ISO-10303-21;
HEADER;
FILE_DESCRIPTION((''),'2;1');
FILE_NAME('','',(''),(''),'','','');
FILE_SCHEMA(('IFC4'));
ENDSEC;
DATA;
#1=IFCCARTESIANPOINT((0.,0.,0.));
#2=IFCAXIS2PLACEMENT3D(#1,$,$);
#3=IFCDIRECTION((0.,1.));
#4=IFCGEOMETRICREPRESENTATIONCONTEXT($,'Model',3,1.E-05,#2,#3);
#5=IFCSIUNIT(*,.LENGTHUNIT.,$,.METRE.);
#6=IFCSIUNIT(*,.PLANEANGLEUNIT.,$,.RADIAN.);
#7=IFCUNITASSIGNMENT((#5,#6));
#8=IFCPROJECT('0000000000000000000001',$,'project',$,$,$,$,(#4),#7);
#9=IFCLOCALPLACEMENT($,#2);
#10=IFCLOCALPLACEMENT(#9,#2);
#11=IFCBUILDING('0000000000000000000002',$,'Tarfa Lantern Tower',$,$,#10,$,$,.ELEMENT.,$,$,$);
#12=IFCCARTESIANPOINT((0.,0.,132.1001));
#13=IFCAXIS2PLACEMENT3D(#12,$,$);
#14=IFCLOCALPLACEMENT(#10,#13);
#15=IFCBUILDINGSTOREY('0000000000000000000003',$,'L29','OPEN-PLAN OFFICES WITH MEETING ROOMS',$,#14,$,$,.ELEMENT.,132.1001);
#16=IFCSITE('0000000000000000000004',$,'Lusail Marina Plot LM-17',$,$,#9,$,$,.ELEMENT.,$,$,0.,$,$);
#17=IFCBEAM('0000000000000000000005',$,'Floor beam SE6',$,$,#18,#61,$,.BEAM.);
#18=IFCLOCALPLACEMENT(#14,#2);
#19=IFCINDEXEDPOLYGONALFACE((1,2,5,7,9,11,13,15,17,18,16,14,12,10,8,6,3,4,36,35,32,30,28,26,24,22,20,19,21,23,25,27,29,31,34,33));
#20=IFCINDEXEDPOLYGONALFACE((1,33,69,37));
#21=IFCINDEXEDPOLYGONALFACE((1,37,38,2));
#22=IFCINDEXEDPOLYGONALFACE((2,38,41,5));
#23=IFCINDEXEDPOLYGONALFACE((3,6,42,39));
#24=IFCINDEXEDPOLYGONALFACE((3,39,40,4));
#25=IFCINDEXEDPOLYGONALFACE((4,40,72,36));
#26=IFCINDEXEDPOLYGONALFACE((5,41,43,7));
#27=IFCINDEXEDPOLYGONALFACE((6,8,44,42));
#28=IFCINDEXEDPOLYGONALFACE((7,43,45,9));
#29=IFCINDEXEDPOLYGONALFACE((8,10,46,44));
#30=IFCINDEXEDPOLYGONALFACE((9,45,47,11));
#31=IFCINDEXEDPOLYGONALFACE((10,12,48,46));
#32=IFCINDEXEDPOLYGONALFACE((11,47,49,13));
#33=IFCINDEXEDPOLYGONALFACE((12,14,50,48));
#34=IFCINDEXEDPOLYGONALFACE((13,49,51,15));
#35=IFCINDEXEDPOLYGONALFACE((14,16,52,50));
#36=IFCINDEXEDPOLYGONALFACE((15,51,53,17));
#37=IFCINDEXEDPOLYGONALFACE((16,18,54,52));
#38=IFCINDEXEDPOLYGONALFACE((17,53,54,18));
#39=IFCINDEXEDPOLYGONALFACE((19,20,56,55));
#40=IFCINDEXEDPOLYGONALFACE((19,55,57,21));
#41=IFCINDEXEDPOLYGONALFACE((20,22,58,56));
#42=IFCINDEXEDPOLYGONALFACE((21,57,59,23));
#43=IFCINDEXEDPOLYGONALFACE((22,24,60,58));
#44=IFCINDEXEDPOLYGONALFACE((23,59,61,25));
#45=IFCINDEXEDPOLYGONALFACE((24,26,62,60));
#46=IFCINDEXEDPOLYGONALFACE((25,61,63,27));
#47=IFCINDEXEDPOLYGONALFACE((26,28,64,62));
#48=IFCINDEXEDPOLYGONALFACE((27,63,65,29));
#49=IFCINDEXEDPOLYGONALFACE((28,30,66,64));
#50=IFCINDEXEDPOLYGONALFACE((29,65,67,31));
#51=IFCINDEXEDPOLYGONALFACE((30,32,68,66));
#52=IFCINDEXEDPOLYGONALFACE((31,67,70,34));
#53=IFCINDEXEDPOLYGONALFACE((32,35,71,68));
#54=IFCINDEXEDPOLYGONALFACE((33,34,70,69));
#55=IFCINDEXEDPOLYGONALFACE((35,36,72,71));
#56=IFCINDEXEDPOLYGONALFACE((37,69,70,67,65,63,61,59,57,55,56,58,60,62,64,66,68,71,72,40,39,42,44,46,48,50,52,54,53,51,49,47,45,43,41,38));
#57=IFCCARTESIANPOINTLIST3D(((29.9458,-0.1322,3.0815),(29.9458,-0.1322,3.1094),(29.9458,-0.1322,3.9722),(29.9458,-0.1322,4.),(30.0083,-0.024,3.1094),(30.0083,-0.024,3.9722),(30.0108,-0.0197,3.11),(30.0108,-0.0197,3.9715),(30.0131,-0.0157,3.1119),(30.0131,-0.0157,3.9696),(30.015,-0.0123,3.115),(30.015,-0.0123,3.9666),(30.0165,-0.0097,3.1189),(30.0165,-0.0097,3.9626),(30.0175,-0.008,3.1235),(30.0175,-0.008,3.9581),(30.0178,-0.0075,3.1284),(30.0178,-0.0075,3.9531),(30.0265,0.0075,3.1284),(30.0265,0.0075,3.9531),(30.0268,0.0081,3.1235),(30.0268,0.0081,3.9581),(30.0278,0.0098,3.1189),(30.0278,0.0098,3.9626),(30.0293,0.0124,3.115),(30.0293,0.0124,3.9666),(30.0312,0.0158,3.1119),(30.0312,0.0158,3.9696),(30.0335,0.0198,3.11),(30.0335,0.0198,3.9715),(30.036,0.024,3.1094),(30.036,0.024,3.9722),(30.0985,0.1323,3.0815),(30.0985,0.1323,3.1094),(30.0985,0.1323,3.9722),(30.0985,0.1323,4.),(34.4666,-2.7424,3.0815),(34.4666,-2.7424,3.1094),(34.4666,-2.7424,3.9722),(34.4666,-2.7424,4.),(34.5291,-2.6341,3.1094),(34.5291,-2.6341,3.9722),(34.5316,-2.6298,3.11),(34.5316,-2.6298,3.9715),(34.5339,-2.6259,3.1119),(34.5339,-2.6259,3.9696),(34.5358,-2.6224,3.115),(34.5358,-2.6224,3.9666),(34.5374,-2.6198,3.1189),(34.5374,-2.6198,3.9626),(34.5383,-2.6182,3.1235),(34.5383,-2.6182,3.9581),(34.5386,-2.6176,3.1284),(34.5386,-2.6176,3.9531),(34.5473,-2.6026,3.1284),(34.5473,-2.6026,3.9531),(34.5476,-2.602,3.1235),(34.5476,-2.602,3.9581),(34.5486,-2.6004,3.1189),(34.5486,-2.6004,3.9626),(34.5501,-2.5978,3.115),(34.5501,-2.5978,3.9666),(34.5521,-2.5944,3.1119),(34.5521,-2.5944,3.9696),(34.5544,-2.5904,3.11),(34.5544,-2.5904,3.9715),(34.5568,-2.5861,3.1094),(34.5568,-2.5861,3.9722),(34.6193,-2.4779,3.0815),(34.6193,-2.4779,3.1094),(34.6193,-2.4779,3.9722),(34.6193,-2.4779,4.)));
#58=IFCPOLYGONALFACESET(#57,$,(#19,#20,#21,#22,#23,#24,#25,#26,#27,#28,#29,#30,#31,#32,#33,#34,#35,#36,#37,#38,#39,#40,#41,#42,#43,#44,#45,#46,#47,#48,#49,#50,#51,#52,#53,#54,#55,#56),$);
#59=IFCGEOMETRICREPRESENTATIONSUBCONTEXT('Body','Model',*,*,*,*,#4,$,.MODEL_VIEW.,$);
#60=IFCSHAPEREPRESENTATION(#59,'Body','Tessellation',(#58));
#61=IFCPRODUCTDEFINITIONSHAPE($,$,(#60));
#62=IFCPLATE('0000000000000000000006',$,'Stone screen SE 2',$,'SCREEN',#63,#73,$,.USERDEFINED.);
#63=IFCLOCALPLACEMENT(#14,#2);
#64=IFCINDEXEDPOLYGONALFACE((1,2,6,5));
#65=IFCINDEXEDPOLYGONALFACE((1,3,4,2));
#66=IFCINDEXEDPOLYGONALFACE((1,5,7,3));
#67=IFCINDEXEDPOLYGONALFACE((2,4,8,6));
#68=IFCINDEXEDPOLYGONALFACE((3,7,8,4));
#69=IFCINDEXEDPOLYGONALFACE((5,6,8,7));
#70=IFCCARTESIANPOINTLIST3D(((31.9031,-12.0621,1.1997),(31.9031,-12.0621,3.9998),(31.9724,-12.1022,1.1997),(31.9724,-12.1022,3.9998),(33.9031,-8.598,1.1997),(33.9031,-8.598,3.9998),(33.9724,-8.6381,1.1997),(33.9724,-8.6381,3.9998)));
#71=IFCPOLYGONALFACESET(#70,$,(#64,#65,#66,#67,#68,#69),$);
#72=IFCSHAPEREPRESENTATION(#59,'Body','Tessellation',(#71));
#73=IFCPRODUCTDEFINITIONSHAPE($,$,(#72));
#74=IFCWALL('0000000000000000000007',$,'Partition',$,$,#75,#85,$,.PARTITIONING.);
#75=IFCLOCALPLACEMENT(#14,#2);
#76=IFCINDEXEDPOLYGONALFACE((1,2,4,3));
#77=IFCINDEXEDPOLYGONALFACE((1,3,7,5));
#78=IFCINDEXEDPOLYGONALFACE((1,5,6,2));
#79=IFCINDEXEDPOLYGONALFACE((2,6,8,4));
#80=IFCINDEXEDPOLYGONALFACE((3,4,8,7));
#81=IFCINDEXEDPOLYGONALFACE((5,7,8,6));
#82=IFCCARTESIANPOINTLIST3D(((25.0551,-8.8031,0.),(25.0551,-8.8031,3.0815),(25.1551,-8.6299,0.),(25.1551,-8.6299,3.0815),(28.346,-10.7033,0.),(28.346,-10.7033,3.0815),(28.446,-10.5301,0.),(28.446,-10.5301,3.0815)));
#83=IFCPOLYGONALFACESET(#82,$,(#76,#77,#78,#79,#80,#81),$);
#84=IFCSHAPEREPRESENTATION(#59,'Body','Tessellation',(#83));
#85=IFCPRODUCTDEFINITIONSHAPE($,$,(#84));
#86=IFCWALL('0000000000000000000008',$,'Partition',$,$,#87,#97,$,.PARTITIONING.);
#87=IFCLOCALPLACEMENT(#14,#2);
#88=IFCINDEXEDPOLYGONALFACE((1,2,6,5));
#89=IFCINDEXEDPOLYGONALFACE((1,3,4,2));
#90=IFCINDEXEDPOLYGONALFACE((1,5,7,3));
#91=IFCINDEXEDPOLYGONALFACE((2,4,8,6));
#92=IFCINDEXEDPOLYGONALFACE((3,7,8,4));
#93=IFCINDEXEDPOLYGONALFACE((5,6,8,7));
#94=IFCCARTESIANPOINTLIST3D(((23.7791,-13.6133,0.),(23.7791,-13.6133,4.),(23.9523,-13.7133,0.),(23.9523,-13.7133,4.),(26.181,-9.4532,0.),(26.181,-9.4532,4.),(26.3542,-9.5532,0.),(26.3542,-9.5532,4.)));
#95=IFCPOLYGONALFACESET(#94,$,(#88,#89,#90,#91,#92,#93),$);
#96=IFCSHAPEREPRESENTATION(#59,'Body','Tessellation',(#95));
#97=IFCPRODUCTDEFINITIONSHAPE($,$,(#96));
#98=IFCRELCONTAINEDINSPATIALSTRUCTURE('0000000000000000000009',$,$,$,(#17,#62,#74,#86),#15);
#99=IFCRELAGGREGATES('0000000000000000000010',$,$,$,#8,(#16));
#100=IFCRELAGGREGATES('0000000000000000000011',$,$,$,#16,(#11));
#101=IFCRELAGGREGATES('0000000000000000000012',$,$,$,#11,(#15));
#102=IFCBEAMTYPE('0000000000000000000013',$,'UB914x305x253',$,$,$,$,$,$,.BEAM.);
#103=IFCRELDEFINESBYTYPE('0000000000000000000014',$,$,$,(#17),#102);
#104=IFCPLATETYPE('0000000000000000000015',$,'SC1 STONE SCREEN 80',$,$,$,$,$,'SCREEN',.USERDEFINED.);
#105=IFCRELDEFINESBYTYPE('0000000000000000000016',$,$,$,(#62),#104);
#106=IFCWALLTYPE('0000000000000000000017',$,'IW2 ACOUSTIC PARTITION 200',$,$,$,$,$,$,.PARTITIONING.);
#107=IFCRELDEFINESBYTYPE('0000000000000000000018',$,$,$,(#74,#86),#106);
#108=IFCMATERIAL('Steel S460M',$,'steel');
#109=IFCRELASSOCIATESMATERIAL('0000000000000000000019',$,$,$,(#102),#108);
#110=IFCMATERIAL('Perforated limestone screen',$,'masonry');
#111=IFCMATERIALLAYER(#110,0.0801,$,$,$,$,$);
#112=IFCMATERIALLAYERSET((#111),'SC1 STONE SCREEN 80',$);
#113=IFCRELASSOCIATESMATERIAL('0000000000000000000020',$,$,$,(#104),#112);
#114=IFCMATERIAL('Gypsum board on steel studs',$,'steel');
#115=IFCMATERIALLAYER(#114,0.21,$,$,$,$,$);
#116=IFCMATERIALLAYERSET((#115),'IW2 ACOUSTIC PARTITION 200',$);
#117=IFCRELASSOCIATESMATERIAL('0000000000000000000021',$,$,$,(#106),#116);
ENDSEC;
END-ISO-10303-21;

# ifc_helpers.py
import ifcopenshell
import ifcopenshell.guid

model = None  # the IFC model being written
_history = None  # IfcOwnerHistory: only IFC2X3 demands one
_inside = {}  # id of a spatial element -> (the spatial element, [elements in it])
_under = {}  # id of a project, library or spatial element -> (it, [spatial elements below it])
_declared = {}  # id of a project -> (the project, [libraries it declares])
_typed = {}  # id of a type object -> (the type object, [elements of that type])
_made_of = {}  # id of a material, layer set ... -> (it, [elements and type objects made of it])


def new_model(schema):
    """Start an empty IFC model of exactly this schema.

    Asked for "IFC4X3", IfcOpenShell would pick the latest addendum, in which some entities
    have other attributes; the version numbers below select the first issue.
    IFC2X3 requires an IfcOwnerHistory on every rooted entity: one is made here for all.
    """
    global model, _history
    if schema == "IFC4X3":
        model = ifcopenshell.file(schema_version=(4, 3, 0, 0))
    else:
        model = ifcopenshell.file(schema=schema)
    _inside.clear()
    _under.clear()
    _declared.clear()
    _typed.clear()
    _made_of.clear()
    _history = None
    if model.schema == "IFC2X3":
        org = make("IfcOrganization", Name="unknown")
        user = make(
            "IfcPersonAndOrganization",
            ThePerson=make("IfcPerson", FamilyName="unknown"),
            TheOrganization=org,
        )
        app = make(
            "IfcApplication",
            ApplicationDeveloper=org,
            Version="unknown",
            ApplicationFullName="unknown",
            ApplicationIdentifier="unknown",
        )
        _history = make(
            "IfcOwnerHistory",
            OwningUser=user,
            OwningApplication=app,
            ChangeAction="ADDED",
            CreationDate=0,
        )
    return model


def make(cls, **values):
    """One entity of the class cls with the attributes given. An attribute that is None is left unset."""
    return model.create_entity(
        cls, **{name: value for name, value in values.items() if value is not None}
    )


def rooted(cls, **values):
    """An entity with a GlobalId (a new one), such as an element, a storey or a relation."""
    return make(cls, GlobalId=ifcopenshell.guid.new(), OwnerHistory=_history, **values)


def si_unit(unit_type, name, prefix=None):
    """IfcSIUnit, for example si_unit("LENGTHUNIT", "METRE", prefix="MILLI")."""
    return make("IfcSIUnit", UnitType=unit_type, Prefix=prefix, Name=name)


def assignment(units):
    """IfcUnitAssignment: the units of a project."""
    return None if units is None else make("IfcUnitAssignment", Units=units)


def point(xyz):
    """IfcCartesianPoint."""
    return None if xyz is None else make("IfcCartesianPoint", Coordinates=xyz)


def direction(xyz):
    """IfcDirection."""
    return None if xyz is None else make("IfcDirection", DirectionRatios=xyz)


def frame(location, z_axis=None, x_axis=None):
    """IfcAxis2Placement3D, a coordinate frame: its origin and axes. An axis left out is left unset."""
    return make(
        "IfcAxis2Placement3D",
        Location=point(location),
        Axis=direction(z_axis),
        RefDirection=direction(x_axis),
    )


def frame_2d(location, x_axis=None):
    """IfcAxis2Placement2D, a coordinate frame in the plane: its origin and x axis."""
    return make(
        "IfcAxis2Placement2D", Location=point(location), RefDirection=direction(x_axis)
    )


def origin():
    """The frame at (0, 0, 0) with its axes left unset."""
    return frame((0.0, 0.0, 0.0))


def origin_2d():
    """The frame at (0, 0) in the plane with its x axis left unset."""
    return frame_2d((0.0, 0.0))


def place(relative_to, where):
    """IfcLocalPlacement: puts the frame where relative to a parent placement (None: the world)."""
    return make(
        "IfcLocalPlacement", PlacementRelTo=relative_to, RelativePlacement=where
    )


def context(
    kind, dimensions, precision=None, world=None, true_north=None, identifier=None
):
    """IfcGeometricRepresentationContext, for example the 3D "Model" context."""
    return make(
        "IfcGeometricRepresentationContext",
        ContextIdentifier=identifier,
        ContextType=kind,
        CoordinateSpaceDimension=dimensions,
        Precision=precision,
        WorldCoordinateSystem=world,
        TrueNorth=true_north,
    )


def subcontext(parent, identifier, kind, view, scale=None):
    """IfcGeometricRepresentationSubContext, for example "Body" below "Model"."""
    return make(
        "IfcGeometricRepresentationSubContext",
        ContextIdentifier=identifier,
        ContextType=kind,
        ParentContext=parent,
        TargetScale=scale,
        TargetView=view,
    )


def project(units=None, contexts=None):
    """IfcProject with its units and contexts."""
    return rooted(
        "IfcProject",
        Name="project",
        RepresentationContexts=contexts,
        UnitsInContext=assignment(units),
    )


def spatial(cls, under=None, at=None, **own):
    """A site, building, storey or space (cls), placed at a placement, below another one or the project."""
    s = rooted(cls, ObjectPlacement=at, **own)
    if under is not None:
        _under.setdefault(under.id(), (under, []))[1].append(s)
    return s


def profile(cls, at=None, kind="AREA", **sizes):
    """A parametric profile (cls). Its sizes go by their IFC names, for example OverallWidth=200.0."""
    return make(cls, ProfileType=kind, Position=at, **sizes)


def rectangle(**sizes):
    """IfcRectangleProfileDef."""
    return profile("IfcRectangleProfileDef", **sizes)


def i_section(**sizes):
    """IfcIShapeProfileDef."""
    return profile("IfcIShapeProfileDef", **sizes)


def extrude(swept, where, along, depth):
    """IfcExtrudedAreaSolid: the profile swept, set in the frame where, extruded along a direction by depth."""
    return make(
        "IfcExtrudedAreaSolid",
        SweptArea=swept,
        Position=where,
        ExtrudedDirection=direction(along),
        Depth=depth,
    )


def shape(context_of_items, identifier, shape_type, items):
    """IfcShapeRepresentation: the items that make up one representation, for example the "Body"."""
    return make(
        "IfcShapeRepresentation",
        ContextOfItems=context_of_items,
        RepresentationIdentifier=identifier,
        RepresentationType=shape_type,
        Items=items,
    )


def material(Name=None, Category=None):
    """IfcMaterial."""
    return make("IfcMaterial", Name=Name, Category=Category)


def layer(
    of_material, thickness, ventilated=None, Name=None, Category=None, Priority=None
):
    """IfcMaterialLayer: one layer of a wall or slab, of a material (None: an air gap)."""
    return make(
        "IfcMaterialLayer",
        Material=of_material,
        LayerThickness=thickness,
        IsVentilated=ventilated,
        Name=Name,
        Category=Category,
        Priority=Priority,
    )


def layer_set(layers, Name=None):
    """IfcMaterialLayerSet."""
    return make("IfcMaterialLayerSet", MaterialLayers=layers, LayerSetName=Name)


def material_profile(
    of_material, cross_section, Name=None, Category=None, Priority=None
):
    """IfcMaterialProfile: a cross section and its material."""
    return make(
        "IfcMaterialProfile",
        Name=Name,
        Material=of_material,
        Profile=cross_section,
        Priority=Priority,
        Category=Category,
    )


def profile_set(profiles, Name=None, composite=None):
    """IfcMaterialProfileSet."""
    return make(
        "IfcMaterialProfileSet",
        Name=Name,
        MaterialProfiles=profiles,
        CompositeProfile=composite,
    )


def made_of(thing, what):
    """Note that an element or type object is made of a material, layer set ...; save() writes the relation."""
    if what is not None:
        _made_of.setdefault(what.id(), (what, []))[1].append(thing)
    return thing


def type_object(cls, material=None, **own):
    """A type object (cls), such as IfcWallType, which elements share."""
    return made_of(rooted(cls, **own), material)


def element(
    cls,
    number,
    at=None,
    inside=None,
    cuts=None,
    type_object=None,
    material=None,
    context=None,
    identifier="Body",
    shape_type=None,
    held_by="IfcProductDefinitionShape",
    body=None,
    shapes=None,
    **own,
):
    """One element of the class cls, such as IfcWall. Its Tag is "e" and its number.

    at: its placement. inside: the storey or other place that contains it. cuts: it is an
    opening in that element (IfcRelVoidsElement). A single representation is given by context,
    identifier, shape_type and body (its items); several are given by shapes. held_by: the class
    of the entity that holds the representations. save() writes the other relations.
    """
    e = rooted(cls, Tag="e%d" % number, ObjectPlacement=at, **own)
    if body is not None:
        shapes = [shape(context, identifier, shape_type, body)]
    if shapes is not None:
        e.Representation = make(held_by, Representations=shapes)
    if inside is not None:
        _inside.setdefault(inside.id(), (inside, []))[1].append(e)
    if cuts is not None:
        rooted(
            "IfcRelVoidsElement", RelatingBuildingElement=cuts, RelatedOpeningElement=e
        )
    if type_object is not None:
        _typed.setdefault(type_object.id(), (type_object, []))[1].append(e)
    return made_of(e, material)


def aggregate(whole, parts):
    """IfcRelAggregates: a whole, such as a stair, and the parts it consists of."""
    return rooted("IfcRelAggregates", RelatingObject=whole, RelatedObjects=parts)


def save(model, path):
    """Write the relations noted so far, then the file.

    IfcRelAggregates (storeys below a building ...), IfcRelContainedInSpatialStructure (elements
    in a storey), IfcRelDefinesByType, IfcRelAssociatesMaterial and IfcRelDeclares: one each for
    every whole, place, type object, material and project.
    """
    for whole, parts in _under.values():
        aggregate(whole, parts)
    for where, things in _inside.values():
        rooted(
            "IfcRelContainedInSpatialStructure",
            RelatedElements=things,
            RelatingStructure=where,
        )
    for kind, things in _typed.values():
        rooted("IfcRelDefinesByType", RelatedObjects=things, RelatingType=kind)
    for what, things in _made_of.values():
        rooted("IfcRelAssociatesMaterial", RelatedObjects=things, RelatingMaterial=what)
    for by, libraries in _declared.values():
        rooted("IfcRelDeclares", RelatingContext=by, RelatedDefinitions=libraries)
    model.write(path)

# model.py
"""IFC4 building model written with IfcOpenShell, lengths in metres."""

from ifc_helpers import new_model, si_unit, direction, frame, frame_2d, origin, origin_2d, place, context, subcontext, project, spatial, rectangle, i_section, extrude, material, layer, layer_set, material_profile, profile_set, type_object, element, save


model = new_model("IFC4")

# Units and contexts
model_context = context("Model", 3, precision=1e-05, world=origin(), true_north=direction((0.0, 1.0)))
body_context = subcontext(model_context, "Body", "Model", "MODEL_VIEW")
ifc_project = project(units=[si_unit("LENGTHUNIT", "METRE"), si_unit("PLANEANGLEUNIT", "RADIAN")], contexts=[model_context])

# Site, building, storey
site_placement = place(None, origin())
site = spatial("IfcSite", under=ifc_project, at=site_placement, Name="Lusail Marina Plot LM-17", CompositionType="ELEMENT", RefElevation=0.0)
building_placement = place(site_placement, origin())
building = spatial("IfcBuilding", under=site, at=building_placement, Name="Tarfa Lantern Tower", CompositionType="ELEMENT")
storey_placement = place(building_placement, frame((0.0, 0.0, 132.1001)))
storey = spatial("IfcBuildingStorey", under=building, at=storey_placement, Name="L29", Description="OPEN-PLAN OFFICES WITH MEETING ROOMS", CompositionType="ELEMENT", Elevation=132.1001)

# Beam
ifc_material_1 = material(Name="Steel S460M", Category="steel")
ifc_material_profile_1 = material_profile(ifc_material_1, i_section(OverallWidth=0.3054, OverallDepth=0.9185, WebThickness=0.0173, FlangeThickness=0.0278, FilletRadius=0.019, at=origin_2d()), Name="UB914x305x253")
ifc_profile_set_1 = profile_set([ifc_material_profile_1], Name="Steel S460M")
beam_type_1 = type_object("IfcBeamType", Name="UB914x305x253", PredefinedType="BEAM", material=ifc_profile_set_1)
beam_1_placement = place(storey_placement, frame((34.543, -2.6101, 3.5408), z_axis=(-0.866021, 0.500007, 0.0), x_axis=(-0.500007, -0.866021, 0.0)))
element("IfcBeam", 1, at=beam_1_placement, inside=storey, type_object=beam_type_1, Name="Floor beam SE6", PredefinedType="BEAM", context=body_context, shape_type="SweptSolid", body=[
    extrude(i_section(OverallWidth=0.3054, OverallDepth=0.9185, WebThickness=0.0173, FlangeThickness=0.0278, FilletRadius=0.019, at=origin_2d()), origin(), (0.0, 0.0, 1.0), 5.2202),
])

# Plate
ifc_material_2 = material(Name="Perforated limestone screen", Category="masonry")
ifc_layer_1 = layer(ifc_material_2, 0.0801)
ifc_layer_set_1 = layer_set([ifc_layer_1], Name="SC1 STONE SCREEN 80")
plate_type = type_object("IfcPlateType", Name="SC1 STONE SCREEN 80", ElementType="SCREEN", PredefinedType="USERDEFINED", material=ifc_layer_set_1)
plate_placement = place(storey_placement, frame((32.9377, -10.3501, 1.1997), z_axis=(0.0, 0.0, 1.0), x_axis=(0.5, 0.866025, 0.0)))
element("IfcPlate", 2, at=plate_placement, inside=storey, type_object=plate_type, Name="Stone screen SE 2", ObjectType="SCREEN", PredefinedType="USERDEFINED", context=body_context, shape_type="SweptSolid", body=[
    extrude(rectangle(XDim=4.0, YDim=0.0801, at=origin_2d()), origin(), (0.0, 0.0, 1.0), 2.8),
])

# Walls
ifc_material_3 = material(Name="Gypsum board on steel studs", Category="steel")
ifc_layer_2 = layer(ifc_material_3, 0.21)
ifc_layer_set_2 = layer_set([ifc_layer_2], Name="IW2 ACOUSTIC PARTITION 200")
wall_type = type_object("IfcWallType", Name="IW2 ACOUSTIC PARTITION 200", PredefinedType="PARTITIONING", material=ifc_layer_set_2)
wall_1_placement = place(storey_placement, frame((25.1052, -8.7166, 0.0), z_axis=(0.0, 0.0, 1.0), x_axis=(0.866, -0.500043, 0.0)))
element("IfcWall", 3, at=wall_1_placement, inside=storey, type_object=wall_type, Name="Partition", PredefinedType="PARTITIONING", context=body_context, shape_type="SweptSolid", body=[
    extrude(rectangle(XDim=3.8, YDim=0.2, at=frame_2d((1.8999, 0.0))), origin(), (0.0, 0.0, 1.0), 3.0815),
])
wall_2_placement = place(storey_placement, frame((23.8657, -13.6633, 0.0), z_axis=(0.0, 0.0, 1.0), x_axis=(0.499998, 0.866026, 0.0)))
element("IfcWall", 4, at=wall_2_placement, inside=storey, type_object=wall_type, Name="Partition", PredefinedType="PARTITIONING", context=body_context, shape_type="SweptSolid", body=[
    extrude(rectangle(XDim=4.8037, YDim=0.2, at=frame_2d((2.4019, 0.0))), origin(), (0.0, 0.0, 1.0), 4.0),
])

save(model, "model.ifc")
